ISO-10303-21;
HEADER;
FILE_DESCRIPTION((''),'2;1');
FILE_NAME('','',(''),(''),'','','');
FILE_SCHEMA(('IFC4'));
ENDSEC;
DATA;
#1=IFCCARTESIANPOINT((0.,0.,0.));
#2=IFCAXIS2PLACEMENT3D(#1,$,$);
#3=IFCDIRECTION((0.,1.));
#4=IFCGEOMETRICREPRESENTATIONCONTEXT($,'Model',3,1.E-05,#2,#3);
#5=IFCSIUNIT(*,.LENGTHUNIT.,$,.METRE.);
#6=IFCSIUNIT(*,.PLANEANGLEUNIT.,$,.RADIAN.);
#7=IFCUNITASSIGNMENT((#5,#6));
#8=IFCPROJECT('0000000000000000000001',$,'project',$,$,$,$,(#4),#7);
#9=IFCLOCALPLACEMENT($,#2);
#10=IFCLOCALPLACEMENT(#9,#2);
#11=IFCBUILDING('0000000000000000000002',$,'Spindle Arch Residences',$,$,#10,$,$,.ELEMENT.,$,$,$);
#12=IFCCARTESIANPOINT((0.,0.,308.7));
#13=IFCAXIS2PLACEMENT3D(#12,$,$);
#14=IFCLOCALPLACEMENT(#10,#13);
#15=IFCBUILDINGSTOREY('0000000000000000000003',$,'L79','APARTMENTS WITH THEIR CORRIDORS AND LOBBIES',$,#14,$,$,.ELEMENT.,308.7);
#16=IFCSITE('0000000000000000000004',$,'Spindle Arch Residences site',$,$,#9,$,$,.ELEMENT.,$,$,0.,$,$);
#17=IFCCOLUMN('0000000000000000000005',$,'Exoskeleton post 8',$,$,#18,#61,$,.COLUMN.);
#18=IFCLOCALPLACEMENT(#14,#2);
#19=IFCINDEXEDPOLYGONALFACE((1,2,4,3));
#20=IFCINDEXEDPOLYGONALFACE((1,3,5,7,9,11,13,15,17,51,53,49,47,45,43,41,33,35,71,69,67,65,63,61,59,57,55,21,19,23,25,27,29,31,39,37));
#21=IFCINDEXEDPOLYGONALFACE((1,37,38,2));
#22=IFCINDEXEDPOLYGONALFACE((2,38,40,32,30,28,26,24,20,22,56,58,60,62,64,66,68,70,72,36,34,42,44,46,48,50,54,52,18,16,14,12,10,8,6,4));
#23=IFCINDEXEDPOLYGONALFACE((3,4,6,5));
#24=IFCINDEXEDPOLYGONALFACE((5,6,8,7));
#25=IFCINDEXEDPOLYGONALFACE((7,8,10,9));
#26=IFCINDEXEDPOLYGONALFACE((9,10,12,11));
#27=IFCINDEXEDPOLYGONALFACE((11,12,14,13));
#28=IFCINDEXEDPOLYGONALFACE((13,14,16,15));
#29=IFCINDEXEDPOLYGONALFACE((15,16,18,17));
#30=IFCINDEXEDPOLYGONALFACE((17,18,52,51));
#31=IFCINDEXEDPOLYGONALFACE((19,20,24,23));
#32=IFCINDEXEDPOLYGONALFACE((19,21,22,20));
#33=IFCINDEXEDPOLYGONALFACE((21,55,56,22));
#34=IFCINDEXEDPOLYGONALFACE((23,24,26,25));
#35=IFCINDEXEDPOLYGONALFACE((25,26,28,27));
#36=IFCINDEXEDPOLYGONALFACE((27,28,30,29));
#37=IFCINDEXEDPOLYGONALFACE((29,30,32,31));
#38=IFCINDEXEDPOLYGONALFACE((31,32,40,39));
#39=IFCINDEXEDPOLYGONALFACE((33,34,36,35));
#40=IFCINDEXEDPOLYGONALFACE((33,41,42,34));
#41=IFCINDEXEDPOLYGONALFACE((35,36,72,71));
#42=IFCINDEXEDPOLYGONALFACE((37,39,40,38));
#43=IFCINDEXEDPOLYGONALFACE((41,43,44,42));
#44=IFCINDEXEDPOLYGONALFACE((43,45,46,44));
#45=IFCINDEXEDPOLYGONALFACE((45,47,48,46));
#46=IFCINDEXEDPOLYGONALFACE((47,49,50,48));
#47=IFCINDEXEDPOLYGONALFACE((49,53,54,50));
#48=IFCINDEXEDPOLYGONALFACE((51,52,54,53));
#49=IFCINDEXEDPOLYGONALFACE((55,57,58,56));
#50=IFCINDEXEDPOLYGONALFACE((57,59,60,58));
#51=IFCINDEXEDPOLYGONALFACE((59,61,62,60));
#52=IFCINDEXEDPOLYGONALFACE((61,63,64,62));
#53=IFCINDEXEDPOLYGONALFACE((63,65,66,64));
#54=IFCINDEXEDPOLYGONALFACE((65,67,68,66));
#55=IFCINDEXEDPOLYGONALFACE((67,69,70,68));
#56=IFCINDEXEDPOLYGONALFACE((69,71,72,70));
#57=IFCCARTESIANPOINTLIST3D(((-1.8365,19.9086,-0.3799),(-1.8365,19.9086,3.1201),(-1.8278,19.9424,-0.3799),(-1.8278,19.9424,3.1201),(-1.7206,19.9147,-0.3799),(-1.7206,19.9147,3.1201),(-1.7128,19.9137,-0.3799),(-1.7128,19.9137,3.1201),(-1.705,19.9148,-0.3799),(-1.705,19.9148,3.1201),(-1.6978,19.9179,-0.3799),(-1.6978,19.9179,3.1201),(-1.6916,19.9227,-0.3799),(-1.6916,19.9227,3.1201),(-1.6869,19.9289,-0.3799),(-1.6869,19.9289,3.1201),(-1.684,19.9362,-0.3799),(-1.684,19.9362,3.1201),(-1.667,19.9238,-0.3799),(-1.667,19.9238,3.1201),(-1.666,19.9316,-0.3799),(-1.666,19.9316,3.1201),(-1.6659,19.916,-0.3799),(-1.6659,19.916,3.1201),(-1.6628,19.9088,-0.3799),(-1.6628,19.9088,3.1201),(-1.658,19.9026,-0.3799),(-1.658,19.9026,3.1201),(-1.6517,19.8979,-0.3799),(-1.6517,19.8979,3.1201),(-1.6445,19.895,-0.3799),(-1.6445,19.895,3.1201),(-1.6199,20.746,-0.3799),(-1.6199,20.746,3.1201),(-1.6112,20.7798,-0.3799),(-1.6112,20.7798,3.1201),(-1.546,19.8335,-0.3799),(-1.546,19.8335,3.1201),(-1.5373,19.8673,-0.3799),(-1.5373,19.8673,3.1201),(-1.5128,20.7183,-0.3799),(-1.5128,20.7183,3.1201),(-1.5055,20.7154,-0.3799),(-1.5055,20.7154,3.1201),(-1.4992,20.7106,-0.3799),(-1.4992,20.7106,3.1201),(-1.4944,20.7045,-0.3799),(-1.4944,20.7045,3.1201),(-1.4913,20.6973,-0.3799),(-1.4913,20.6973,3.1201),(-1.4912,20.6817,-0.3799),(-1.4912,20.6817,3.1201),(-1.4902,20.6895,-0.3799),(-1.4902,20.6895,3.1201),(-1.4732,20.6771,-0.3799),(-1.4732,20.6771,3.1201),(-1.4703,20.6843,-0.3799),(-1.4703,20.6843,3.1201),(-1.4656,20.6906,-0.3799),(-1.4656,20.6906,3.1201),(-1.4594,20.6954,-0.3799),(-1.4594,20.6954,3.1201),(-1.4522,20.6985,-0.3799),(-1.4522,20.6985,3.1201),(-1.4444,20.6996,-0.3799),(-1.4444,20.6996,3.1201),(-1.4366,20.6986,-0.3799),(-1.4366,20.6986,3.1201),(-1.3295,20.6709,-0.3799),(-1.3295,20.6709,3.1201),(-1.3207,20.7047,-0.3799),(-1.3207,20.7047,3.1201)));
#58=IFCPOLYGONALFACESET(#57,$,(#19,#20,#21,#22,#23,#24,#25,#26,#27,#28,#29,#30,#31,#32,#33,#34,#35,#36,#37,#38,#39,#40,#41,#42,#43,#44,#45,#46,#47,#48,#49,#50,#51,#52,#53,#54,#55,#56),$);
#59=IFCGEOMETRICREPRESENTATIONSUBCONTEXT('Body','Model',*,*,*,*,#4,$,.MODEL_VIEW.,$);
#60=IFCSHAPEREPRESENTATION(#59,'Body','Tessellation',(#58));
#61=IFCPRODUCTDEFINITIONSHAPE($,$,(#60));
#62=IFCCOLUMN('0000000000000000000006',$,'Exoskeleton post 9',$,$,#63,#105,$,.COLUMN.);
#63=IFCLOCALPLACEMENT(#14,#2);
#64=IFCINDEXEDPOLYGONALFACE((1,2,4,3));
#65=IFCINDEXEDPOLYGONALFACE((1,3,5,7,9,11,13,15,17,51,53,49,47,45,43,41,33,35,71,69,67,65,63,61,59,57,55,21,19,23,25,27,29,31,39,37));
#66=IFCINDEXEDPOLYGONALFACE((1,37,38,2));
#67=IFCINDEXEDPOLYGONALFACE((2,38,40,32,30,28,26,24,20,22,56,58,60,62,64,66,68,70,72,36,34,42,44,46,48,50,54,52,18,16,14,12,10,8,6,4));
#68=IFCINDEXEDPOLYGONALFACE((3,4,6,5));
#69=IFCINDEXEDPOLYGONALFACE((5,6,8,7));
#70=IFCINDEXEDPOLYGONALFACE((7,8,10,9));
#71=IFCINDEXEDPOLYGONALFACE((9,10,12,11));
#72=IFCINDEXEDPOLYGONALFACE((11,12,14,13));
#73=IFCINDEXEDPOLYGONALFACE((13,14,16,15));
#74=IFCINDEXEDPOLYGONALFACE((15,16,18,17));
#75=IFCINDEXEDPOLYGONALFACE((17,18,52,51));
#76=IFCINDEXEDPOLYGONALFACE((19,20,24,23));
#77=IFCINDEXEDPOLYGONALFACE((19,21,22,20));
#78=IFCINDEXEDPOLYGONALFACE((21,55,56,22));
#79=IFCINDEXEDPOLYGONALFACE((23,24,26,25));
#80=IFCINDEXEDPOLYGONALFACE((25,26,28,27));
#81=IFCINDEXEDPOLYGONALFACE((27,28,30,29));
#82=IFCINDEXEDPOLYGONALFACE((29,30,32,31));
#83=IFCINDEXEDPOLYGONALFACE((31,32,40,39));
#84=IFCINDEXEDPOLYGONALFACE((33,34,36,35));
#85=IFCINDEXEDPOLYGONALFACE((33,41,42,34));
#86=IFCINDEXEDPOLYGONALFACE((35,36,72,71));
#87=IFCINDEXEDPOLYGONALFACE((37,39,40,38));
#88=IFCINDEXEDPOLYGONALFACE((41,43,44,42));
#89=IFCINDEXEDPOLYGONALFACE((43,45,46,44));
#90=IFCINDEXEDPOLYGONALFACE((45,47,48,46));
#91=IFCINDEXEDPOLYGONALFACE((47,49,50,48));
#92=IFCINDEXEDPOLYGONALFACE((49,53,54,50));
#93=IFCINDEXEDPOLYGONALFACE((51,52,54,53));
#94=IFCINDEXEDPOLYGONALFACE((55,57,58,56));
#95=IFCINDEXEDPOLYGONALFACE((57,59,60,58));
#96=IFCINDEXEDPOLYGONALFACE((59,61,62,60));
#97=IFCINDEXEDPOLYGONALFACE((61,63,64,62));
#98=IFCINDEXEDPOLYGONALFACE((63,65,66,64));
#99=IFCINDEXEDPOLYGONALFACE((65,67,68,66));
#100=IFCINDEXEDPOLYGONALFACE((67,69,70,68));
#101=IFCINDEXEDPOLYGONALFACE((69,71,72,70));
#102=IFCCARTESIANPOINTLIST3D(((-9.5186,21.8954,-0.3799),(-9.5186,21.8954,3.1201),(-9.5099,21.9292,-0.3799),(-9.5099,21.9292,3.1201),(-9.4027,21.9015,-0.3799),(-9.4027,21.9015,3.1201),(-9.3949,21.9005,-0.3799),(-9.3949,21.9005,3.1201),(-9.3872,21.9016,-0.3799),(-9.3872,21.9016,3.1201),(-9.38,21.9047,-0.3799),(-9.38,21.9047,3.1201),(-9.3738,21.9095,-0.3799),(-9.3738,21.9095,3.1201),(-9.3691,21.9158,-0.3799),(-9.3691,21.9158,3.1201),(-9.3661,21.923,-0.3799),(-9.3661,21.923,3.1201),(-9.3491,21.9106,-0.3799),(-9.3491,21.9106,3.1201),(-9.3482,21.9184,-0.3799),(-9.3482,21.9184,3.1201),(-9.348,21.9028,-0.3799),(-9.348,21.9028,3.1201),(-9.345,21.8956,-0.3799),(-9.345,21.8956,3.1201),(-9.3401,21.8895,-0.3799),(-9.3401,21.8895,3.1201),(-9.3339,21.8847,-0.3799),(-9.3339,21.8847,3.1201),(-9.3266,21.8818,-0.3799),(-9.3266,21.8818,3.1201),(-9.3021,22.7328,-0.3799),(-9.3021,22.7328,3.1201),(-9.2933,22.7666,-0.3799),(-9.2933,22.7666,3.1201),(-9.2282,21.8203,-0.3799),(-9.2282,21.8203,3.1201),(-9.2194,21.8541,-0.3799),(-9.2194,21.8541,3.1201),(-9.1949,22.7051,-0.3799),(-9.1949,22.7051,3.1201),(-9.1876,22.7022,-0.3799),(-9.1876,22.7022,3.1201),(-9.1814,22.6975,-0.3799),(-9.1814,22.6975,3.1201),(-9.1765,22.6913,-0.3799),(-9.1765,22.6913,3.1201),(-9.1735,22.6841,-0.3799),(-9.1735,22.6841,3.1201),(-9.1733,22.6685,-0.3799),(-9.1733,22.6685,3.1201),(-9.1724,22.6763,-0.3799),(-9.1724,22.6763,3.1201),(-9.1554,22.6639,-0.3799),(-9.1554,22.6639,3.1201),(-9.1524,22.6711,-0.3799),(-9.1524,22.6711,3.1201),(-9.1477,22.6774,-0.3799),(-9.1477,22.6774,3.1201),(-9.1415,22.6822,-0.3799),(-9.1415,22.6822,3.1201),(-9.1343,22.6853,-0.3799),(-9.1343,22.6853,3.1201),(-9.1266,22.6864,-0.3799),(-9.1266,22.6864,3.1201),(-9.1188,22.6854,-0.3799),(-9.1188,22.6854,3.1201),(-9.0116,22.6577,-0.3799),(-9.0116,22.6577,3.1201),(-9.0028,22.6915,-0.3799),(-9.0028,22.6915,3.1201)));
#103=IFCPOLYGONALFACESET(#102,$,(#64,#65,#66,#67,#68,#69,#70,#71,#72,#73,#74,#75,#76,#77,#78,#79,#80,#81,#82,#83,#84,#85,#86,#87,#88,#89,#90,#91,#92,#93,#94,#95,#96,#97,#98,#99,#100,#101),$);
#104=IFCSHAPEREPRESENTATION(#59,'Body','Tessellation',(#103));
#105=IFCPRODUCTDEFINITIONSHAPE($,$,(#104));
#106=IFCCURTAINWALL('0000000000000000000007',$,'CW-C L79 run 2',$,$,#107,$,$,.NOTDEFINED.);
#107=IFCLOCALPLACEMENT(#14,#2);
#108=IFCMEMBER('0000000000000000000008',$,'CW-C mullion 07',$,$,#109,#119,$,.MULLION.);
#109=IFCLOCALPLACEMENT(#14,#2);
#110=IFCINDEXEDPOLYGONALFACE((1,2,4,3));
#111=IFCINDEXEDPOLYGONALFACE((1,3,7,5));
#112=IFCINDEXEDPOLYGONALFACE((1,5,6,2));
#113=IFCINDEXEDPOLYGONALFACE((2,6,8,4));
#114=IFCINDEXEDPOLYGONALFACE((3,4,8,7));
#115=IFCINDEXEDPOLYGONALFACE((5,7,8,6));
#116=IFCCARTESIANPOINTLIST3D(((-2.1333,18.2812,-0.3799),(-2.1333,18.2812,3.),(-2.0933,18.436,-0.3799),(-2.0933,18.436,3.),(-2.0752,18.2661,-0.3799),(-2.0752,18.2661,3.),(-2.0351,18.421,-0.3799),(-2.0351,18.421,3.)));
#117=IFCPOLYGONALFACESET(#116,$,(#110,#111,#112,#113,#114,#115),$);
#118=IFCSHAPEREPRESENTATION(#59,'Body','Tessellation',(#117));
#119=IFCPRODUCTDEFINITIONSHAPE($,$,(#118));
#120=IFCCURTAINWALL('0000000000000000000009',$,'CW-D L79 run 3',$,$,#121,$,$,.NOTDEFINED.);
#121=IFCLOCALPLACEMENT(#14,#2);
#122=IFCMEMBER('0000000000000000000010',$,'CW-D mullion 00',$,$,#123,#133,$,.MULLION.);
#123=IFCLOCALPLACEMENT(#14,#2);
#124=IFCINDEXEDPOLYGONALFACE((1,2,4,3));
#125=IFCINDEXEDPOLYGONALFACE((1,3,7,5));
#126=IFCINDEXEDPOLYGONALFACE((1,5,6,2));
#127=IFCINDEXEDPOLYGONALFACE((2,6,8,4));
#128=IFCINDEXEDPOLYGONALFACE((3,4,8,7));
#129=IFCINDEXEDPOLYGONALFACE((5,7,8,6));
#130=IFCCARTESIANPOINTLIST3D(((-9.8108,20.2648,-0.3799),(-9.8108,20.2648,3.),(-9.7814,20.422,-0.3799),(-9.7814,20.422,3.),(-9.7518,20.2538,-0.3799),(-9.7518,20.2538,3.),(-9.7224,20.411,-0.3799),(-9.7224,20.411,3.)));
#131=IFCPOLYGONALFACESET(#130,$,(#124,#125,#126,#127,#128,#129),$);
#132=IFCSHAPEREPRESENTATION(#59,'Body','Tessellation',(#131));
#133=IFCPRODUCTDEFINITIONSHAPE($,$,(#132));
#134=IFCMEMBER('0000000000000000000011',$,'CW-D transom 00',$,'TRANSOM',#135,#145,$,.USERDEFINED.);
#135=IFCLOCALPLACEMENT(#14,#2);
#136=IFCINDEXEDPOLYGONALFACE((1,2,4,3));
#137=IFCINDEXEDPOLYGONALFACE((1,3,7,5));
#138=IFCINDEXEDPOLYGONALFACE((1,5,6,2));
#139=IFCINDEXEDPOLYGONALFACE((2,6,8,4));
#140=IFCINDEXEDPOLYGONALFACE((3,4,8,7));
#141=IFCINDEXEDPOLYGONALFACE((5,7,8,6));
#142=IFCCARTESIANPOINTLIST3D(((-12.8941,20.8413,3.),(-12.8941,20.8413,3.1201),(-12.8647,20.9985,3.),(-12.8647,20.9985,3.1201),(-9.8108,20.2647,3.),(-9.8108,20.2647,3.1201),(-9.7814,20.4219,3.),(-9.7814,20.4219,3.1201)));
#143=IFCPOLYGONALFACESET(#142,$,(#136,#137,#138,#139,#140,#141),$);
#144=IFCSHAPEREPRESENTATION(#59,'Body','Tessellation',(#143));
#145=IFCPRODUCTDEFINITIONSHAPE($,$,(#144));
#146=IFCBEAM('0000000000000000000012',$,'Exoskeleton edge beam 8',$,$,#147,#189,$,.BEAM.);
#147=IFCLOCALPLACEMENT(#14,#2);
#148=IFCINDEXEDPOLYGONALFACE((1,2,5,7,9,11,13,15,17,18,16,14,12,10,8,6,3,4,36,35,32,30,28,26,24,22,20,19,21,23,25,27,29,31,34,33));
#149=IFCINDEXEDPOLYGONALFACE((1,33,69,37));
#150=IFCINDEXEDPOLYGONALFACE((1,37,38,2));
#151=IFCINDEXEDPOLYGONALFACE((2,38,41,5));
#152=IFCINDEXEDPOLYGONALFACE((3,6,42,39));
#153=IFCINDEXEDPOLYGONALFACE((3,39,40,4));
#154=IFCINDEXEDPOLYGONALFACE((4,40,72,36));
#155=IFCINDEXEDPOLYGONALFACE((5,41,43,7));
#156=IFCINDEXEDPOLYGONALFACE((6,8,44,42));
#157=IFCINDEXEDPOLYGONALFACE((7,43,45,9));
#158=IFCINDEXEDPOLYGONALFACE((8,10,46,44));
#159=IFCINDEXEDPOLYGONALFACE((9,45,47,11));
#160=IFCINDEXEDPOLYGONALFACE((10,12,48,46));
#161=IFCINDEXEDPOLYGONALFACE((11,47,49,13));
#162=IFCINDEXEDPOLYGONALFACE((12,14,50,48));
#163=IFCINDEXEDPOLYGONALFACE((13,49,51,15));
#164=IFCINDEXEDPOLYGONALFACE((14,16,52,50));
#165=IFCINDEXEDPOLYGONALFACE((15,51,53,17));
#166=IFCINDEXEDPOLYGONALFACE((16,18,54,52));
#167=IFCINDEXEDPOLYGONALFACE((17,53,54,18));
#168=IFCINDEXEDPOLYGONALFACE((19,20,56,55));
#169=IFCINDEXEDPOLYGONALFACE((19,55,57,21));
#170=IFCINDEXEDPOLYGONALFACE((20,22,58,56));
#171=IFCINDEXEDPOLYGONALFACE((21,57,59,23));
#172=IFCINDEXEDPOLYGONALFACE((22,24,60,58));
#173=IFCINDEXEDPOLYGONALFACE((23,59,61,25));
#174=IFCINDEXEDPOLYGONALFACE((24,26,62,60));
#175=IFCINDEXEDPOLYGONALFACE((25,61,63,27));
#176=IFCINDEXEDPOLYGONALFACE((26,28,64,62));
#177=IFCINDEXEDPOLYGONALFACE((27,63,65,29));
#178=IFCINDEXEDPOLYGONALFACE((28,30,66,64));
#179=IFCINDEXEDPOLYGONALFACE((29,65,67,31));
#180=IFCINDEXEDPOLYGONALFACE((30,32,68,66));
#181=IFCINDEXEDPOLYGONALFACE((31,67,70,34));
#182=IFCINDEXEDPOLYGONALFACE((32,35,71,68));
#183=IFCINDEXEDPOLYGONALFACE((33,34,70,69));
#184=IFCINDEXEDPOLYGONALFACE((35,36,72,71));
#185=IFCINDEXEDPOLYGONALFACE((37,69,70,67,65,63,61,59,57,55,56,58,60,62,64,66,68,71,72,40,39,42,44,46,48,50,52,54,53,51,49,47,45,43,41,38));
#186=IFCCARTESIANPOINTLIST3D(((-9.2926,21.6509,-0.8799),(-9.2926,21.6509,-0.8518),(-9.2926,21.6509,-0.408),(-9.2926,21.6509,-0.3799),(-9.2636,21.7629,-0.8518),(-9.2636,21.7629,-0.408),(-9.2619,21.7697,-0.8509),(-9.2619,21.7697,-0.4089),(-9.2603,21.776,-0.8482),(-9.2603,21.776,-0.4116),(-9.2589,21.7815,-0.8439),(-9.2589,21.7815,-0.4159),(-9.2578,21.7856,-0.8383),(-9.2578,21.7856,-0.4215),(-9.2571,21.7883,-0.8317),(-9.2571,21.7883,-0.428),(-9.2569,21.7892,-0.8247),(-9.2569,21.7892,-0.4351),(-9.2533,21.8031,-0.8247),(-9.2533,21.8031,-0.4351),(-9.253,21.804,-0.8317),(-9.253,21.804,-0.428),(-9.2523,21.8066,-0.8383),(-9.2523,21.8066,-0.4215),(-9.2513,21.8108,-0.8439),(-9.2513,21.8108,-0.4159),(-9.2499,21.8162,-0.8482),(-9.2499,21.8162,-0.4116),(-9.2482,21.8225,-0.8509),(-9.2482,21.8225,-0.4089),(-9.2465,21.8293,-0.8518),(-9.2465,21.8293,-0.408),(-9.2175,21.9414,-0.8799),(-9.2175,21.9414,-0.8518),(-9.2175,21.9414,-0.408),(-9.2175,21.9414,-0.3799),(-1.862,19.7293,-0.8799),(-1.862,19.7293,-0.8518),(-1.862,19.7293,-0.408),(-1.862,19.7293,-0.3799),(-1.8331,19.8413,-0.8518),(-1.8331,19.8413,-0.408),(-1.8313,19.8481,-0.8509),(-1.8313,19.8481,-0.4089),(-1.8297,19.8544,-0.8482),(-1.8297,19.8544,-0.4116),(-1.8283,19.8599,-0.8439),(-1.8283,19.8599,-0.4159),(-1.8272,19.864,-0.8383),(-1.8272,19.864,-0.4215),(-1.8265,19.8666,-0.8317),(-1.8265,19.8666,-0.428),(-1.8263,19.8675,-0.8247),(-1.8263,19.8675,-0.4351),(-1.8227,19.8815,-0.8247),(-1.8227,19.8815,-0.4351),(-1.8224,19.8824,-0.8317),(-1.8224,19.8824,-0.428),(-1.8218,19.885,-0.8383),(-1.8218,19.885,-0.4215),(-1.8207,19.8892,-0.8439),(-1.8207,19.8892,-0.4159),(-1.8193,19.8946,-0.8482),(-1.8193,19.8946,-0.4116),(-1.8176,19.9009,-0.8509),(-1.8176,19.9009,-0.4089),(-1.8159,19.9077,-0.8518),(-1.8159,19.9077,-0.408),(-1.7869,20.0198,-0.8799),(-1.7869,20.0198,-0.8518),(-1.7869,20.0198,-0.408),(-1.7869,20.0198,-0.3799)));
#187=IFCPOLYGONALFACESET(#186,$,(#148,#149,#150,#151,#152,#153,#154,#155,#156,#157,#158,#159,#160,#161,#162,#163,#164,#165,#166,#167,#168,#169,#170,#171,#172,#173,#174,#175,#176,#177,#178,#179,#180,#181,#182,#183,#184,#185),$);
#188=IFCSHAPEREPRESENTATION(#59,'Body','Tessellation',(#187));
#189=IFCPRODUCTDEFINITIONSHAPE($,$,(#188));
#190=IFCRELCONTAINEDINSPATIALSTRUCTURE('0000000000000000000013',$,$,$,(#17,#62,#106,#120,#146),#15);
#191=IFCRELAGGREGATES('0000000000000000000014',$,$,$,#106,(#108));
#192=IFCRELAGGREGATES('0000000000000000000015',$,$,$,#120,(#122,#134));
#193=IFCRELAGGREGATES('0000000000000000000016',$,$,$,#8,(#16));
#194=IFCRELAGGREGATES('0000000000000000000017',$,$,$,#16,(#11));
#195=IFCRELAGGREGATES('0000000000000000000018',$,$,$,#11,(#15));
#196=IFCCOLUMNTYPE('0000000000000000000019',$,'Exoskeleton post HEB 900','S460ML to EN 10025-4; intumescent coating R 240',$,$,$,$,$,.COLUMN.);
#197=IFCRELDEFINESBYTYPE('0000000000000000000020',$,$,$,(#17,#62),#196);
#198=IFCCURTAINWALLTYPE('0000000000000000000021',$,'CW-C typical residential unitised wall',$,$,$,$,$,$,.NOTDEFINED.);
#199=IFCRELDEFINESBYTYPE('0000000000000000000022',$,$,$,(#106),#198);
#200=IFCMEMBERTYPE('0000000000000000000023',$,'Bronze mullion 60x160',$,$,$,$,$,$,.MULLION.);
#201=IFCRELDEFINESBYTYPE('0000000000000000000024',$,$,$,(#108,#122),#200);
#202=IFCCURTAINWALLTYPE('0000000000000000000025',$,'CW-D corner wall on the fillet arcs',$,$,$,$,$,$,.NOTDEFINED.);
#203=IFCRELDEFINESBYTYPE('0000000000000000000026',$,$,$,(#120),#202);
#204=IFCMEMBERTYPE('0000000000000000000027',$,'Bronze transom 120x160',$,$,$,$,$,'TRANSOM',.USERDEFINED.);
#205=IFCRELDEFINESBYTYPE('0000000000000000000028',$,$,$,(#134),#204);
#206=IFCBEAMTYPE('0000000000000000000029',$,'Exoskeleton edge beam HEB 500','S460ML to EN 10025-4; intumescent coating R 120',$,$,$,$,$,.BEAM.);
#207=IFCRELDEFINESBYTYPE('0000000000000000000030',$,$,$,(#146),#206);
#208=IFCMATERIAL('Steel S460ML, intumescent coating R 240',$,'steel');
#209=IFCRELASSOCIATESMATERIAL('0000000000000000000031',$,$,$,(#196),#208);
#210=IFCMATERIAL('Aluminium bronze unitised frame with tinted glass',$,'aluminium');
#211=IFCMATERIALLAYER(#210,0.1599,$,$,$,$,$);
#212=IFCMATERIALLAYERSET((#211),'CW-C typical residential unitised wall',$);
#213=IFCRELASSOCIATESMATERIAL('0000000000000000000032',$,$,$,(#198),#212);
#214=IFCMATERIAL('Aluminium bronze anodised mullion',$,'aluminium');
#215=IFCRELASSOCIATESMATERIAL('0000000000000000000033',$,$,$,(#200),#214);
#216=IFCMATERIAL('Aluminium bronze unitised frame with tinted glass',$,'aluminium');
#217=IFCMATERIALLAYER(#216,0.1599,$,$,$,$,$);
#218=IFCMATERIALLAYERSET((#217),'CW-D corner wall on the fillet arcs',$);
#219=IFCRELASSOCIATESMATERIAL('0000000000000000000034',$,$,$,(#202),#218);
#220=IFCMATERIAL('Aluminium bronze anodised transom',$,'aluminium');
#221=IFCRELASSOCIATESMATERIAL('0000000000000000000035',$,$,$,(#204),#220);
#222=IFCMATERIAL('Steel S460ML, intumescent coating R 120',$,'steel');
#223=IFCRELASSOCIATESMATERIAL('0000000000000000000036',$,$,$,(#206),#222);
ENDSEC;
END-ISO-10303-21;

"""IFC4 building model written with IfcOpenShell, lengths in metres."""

from ifc_helpers import new_model, si_unit, direction, frame, origin, origin_2d, place, context, subcontext, project, spatial, rectangle, i_section, extrude, material, layer, layer_set, material_profile, profile_set, type_object, element, aggregate, save


model = new_model("IFC4")

# Units and contexts
model_context = context("Model", 3, precision=1e-05, world=origin(), true_north=direction((0.0, 1.0)))
body_context = subcontext(model_context, "Body", "Model", "MODEL_VIEW")
ifc_project = project(units=[si_unit("LENGTHUNIT", "METRE"), si_unit("PLANEANGLEUNIT", "RADIAN")], contexts=[model_context])

# Site, building, storey
site_placement = place(None, origin())
site = spatial("IfcSite", under=ifc_project, at=site_placement, Name="Spindle Arch Residences site", CompositionType="ELEMENT", RefElevation=0.0)
building_placement = place(site_placement, origin())
building = spatial("IfcBuilding", under=site, at=building_placement, Name="Spindle Arch Residences", CompositionType="ELEMENT")
storey_placement = place(building_placement, frame((0.0, 0.0, 308.7)))
storey = spatial("IfcBuildingStorey", under=building, at=storey_placement, Name="L79", Description="APARTMENTS WITH THEIR CORRIDORS AND LOBBIES", CompositionType="ELEMENT", Elevation=308.7)

# Columns
ifc_material_1 = material(Name="Steel S460ML, intumescent coating R 240", Category="steel")
ifc_material_profile_1 = material_profile(ifc_material_1, i_section(OverallWidth=0.3, OverallDepth=0.8999, WebThickness=0.0186, FlangeThickness=0.0349, FilletRadius=0.03, at=origin_2d()), Name="HEB 900")
ifc_profile_set_1 = profile_set([ifc_material_profile_1], Name="Steel S460ML, intumescent coating R 240")
column_type = type_object("IfcColumnType", Name="Exoskeleton post HEB 900", Description="S460ML to EN 10025-4; intumescent coating R 240", PredefinedType="COLUMN", material=ifc_profile_set_1)
for number, where, z_axis, x_axis, name in (
    (1, (-1.5786, 20.3066, -0.3799), (0.0, 0.0, 1.0), (0.968148, -0.25038, 0.0), "Exoskeleton post 8"),
    (2, (-9.2607, 22.2935, -0.3799), (0.0, 0.0, 1.0), (0.968148, -0.25038, 0.0), "Exoskeleton post 9"),
):
    element("IfcColumn", number, at=place(storey_placement, frame(where, z_axis=z_axis, x_axis=x_axis)), inside=storey, type_object=column_type, Name=name, PredefinedType="COLUMN", context=body_context, shape_type="SweptSolid", body=[
        extrude(i_section(OverallWidth=0.3, OverallDepth=0.8999, WebThickness=0.0186, FlangeThickness=0.0349, FilletRadius=0.03, at=origin_2d()), origin(), (0.0, 0.0, 1.0), 3.5),
    ])

# Curtain wall, member
ifc_material_2 = material(Name="Aluminium bronze unitised frame with tinted glass", Category="aluminium")
ifc_layer_1 = layer(ifc_material_2, 0.1599)
ifc_layer_set_1 = layer_set([ifc_layer_1], Name="CW-C typical residential unitised wall")
curtain_wall_type_1 = type_object("IfcCurtainWallType", Name="CW-C typical residential unitised wall", PredefinedType="NOTDEFINED", material=ifc_layer_set_1)
curtain_wall_1_placement = place(storey_placement, origin())
curtain_wall_1 = element("IfcCurtainWall", 3, at=curtain_wall_1_placement, inside=storey, type_object=curtain_wall_type_1, Name="CW-C L79 run 2", PredefinedType="NOTDEFINED")
ifc_material_3 = material(Name="Aluminium bronze anodised mullion", Category="aluminium")
ifc_material_profile_2 = material_profile(ifc_material_3, rectangle(XDim=0.1599, YDim=0.0601, at=origin_2d()), Name="MU 60x160")
ifc_profile_set_2 = profile_set([ifc_material_profile_2], Name="Aluminium bronze anodised mullion")
member_type_1 = type_object("IfcMemberType", Name="Bronze mullion 60x160", PredefinedType="MULLION", material=ifc_profile_set_2)
member_1_placement = place(storey_placement, frame((-2.0842, 18.3511, -0.3799), z_axis=(0.0, 0.0, 1.0), x_axis=(-0.25038, -0.968148, 0.0)))
member_1 = element("IfcMember", 4, at=member_1_placement, type_object=member_type_1, Name="CW-C mullion 07", PredefinedType="MULLION", context=body_context, shape_type="SweptSolid", body=[
    extrude(rectangle(XDim=0.1599, YDim=0.0601, at=origin_2d()), origin(), (0.0, 0.0, 1.0), 3.3799),
])

# Curtain wall, members
ifc_material_4 = material(Name="Aluminium bronze unitised frame with tinted glass", Category="aluminium")
ifc_layer_2 = layer(ifc_material_4, 0.1599)
ifc_layer_set_2 = layer_set([ifc_layer_2], Name="CW-D corner wall on the fillet arcs")
curtain_wall_type_2 = type_object("IfcCurtainWallType", Name="CW-D corner wall on the fillet arcs", PredefinedType="NOTDEFINED", material=ifc_layer_set_2)
curtain_wall_2_placement = place(storey_placement, origin())
curtain_wall_2 = element("IfcCurtainWall", 5, at=curtain_wall_2_placement, inside=storey, type_object=curtain_wall_type_2, Name="CW-D L79 run 3", PredefinedType="NOTDEFINED")
member_2_placement = place(storey_placement, frame((-9.7666, 20.3379, -0.3799), z_axis=(0.0, 0.0, 1.0), x_axis=(-0.183837, -0.982957, 0.0)))
member_2 = element("IfcMember", 6, at=member_2_placement, type_object=member_type_1, Name="CW-D mullion 00", PredefinedType="MULLION", context=body_context, shape_type="SweptSolid", body=[
    extrude(rectangle(XDim=0.1599, YDim=0.0601, at=origin_2d()), origin(), (0.0, 0.0, 1.0), 3.3799),
])
ifc_material_5 = material(Name="Aluminium bronze anodised transom", Category="aluminium")
ifc_material_profile_3 = material_profile(ifc_material_5, rectangle(XDim=0.1599, YDim=0.1201, at=origin_2d()), Name="TR 120x160")
ifc_profile_set_3 = profile_set([ifc_material_profile_3], Name="Aluminium bronze anodised transom")
member_type_2 = type_object("IfcMemberType", Name="Bronze transom 120x160", ElementType="TRANSOM", PredefinedType="USERDEFINED", material=ifc_profile_set_3)
member_3_placement = place(storey_placement, frame((-9.7961, 20.3433, 3.0601), z_axis=(-0.982956, 0.183842, 0.0), x_axis=(-0.183842, -0.982956, 0.0)))
member_3 = element("IfcMember", 7, at=member_3_placement, type_object=member_type_2, Name="CW-D transom 00", ObjectType="TRANSOM", PredefinedType="USERDEFINED", context=body_context, shape_type="SweptSolid", body=[
    extrude(rectangle(XDim=0.1599, YDim=0.1201, at=origin_2d()), origin(), (0.0, 0.0, 1.0), 3.1367),
])

# Beam
ifc_material_6 = material(Name="Steel S460ML, intumescent coating R 120", Category="steel")
ifc_material_profile_4 = material_profile(ifc_material_6, i_section(OverallWidth=0.3, OverallDepth=0.5, WebThickness=0.0144, FlangeThickness=0.0281, FilletRadius=0.0271, at=origin_2d()), Name="HEB 500")
ifc_profile_set_4 = profile_set([ifc_material_profile_4], Name="Steel S460ML, intumescent coating R 120")
beam_type_1 = type_object("IfcBeamType", Name="Exoskeleton edge beam HEB 500", Description="S460ML to EN 10025-4; intumescent coating R 120", PredefinedType="BEAM", material=ifc_profile_set_4)
beam_1_placement = place(storey_placement, frame((-1.8245, 19.8745, -0.6299), z_axis=(-0.96815, 0.250372, 0.0), x_axis=(-0.250372, -0.96815, 0.0)))
element("IfcBeam", 8, at=beam_1_placement, inside=storey, type_object=beam_type_1, Name="Exoskeleton edge beam 8", PredefinedType="BEAM", context=body_context, shape_type="SweptSolid", body=[
    extrude(i_section(OverallWidth=0.3, OverallDepth=0.5, WebThickness=0.0144, FlangeThickness=0.0281, FilletRadius=0.0271, at=origin_2d()), origin(), (0.0, 0.0, 1.0), 7.675),
])

aggregate(curtain_wall_1, [member_1])
aggregate(curtain_wall_2, [member_2, member_3])

save(model, "model.ifc")
